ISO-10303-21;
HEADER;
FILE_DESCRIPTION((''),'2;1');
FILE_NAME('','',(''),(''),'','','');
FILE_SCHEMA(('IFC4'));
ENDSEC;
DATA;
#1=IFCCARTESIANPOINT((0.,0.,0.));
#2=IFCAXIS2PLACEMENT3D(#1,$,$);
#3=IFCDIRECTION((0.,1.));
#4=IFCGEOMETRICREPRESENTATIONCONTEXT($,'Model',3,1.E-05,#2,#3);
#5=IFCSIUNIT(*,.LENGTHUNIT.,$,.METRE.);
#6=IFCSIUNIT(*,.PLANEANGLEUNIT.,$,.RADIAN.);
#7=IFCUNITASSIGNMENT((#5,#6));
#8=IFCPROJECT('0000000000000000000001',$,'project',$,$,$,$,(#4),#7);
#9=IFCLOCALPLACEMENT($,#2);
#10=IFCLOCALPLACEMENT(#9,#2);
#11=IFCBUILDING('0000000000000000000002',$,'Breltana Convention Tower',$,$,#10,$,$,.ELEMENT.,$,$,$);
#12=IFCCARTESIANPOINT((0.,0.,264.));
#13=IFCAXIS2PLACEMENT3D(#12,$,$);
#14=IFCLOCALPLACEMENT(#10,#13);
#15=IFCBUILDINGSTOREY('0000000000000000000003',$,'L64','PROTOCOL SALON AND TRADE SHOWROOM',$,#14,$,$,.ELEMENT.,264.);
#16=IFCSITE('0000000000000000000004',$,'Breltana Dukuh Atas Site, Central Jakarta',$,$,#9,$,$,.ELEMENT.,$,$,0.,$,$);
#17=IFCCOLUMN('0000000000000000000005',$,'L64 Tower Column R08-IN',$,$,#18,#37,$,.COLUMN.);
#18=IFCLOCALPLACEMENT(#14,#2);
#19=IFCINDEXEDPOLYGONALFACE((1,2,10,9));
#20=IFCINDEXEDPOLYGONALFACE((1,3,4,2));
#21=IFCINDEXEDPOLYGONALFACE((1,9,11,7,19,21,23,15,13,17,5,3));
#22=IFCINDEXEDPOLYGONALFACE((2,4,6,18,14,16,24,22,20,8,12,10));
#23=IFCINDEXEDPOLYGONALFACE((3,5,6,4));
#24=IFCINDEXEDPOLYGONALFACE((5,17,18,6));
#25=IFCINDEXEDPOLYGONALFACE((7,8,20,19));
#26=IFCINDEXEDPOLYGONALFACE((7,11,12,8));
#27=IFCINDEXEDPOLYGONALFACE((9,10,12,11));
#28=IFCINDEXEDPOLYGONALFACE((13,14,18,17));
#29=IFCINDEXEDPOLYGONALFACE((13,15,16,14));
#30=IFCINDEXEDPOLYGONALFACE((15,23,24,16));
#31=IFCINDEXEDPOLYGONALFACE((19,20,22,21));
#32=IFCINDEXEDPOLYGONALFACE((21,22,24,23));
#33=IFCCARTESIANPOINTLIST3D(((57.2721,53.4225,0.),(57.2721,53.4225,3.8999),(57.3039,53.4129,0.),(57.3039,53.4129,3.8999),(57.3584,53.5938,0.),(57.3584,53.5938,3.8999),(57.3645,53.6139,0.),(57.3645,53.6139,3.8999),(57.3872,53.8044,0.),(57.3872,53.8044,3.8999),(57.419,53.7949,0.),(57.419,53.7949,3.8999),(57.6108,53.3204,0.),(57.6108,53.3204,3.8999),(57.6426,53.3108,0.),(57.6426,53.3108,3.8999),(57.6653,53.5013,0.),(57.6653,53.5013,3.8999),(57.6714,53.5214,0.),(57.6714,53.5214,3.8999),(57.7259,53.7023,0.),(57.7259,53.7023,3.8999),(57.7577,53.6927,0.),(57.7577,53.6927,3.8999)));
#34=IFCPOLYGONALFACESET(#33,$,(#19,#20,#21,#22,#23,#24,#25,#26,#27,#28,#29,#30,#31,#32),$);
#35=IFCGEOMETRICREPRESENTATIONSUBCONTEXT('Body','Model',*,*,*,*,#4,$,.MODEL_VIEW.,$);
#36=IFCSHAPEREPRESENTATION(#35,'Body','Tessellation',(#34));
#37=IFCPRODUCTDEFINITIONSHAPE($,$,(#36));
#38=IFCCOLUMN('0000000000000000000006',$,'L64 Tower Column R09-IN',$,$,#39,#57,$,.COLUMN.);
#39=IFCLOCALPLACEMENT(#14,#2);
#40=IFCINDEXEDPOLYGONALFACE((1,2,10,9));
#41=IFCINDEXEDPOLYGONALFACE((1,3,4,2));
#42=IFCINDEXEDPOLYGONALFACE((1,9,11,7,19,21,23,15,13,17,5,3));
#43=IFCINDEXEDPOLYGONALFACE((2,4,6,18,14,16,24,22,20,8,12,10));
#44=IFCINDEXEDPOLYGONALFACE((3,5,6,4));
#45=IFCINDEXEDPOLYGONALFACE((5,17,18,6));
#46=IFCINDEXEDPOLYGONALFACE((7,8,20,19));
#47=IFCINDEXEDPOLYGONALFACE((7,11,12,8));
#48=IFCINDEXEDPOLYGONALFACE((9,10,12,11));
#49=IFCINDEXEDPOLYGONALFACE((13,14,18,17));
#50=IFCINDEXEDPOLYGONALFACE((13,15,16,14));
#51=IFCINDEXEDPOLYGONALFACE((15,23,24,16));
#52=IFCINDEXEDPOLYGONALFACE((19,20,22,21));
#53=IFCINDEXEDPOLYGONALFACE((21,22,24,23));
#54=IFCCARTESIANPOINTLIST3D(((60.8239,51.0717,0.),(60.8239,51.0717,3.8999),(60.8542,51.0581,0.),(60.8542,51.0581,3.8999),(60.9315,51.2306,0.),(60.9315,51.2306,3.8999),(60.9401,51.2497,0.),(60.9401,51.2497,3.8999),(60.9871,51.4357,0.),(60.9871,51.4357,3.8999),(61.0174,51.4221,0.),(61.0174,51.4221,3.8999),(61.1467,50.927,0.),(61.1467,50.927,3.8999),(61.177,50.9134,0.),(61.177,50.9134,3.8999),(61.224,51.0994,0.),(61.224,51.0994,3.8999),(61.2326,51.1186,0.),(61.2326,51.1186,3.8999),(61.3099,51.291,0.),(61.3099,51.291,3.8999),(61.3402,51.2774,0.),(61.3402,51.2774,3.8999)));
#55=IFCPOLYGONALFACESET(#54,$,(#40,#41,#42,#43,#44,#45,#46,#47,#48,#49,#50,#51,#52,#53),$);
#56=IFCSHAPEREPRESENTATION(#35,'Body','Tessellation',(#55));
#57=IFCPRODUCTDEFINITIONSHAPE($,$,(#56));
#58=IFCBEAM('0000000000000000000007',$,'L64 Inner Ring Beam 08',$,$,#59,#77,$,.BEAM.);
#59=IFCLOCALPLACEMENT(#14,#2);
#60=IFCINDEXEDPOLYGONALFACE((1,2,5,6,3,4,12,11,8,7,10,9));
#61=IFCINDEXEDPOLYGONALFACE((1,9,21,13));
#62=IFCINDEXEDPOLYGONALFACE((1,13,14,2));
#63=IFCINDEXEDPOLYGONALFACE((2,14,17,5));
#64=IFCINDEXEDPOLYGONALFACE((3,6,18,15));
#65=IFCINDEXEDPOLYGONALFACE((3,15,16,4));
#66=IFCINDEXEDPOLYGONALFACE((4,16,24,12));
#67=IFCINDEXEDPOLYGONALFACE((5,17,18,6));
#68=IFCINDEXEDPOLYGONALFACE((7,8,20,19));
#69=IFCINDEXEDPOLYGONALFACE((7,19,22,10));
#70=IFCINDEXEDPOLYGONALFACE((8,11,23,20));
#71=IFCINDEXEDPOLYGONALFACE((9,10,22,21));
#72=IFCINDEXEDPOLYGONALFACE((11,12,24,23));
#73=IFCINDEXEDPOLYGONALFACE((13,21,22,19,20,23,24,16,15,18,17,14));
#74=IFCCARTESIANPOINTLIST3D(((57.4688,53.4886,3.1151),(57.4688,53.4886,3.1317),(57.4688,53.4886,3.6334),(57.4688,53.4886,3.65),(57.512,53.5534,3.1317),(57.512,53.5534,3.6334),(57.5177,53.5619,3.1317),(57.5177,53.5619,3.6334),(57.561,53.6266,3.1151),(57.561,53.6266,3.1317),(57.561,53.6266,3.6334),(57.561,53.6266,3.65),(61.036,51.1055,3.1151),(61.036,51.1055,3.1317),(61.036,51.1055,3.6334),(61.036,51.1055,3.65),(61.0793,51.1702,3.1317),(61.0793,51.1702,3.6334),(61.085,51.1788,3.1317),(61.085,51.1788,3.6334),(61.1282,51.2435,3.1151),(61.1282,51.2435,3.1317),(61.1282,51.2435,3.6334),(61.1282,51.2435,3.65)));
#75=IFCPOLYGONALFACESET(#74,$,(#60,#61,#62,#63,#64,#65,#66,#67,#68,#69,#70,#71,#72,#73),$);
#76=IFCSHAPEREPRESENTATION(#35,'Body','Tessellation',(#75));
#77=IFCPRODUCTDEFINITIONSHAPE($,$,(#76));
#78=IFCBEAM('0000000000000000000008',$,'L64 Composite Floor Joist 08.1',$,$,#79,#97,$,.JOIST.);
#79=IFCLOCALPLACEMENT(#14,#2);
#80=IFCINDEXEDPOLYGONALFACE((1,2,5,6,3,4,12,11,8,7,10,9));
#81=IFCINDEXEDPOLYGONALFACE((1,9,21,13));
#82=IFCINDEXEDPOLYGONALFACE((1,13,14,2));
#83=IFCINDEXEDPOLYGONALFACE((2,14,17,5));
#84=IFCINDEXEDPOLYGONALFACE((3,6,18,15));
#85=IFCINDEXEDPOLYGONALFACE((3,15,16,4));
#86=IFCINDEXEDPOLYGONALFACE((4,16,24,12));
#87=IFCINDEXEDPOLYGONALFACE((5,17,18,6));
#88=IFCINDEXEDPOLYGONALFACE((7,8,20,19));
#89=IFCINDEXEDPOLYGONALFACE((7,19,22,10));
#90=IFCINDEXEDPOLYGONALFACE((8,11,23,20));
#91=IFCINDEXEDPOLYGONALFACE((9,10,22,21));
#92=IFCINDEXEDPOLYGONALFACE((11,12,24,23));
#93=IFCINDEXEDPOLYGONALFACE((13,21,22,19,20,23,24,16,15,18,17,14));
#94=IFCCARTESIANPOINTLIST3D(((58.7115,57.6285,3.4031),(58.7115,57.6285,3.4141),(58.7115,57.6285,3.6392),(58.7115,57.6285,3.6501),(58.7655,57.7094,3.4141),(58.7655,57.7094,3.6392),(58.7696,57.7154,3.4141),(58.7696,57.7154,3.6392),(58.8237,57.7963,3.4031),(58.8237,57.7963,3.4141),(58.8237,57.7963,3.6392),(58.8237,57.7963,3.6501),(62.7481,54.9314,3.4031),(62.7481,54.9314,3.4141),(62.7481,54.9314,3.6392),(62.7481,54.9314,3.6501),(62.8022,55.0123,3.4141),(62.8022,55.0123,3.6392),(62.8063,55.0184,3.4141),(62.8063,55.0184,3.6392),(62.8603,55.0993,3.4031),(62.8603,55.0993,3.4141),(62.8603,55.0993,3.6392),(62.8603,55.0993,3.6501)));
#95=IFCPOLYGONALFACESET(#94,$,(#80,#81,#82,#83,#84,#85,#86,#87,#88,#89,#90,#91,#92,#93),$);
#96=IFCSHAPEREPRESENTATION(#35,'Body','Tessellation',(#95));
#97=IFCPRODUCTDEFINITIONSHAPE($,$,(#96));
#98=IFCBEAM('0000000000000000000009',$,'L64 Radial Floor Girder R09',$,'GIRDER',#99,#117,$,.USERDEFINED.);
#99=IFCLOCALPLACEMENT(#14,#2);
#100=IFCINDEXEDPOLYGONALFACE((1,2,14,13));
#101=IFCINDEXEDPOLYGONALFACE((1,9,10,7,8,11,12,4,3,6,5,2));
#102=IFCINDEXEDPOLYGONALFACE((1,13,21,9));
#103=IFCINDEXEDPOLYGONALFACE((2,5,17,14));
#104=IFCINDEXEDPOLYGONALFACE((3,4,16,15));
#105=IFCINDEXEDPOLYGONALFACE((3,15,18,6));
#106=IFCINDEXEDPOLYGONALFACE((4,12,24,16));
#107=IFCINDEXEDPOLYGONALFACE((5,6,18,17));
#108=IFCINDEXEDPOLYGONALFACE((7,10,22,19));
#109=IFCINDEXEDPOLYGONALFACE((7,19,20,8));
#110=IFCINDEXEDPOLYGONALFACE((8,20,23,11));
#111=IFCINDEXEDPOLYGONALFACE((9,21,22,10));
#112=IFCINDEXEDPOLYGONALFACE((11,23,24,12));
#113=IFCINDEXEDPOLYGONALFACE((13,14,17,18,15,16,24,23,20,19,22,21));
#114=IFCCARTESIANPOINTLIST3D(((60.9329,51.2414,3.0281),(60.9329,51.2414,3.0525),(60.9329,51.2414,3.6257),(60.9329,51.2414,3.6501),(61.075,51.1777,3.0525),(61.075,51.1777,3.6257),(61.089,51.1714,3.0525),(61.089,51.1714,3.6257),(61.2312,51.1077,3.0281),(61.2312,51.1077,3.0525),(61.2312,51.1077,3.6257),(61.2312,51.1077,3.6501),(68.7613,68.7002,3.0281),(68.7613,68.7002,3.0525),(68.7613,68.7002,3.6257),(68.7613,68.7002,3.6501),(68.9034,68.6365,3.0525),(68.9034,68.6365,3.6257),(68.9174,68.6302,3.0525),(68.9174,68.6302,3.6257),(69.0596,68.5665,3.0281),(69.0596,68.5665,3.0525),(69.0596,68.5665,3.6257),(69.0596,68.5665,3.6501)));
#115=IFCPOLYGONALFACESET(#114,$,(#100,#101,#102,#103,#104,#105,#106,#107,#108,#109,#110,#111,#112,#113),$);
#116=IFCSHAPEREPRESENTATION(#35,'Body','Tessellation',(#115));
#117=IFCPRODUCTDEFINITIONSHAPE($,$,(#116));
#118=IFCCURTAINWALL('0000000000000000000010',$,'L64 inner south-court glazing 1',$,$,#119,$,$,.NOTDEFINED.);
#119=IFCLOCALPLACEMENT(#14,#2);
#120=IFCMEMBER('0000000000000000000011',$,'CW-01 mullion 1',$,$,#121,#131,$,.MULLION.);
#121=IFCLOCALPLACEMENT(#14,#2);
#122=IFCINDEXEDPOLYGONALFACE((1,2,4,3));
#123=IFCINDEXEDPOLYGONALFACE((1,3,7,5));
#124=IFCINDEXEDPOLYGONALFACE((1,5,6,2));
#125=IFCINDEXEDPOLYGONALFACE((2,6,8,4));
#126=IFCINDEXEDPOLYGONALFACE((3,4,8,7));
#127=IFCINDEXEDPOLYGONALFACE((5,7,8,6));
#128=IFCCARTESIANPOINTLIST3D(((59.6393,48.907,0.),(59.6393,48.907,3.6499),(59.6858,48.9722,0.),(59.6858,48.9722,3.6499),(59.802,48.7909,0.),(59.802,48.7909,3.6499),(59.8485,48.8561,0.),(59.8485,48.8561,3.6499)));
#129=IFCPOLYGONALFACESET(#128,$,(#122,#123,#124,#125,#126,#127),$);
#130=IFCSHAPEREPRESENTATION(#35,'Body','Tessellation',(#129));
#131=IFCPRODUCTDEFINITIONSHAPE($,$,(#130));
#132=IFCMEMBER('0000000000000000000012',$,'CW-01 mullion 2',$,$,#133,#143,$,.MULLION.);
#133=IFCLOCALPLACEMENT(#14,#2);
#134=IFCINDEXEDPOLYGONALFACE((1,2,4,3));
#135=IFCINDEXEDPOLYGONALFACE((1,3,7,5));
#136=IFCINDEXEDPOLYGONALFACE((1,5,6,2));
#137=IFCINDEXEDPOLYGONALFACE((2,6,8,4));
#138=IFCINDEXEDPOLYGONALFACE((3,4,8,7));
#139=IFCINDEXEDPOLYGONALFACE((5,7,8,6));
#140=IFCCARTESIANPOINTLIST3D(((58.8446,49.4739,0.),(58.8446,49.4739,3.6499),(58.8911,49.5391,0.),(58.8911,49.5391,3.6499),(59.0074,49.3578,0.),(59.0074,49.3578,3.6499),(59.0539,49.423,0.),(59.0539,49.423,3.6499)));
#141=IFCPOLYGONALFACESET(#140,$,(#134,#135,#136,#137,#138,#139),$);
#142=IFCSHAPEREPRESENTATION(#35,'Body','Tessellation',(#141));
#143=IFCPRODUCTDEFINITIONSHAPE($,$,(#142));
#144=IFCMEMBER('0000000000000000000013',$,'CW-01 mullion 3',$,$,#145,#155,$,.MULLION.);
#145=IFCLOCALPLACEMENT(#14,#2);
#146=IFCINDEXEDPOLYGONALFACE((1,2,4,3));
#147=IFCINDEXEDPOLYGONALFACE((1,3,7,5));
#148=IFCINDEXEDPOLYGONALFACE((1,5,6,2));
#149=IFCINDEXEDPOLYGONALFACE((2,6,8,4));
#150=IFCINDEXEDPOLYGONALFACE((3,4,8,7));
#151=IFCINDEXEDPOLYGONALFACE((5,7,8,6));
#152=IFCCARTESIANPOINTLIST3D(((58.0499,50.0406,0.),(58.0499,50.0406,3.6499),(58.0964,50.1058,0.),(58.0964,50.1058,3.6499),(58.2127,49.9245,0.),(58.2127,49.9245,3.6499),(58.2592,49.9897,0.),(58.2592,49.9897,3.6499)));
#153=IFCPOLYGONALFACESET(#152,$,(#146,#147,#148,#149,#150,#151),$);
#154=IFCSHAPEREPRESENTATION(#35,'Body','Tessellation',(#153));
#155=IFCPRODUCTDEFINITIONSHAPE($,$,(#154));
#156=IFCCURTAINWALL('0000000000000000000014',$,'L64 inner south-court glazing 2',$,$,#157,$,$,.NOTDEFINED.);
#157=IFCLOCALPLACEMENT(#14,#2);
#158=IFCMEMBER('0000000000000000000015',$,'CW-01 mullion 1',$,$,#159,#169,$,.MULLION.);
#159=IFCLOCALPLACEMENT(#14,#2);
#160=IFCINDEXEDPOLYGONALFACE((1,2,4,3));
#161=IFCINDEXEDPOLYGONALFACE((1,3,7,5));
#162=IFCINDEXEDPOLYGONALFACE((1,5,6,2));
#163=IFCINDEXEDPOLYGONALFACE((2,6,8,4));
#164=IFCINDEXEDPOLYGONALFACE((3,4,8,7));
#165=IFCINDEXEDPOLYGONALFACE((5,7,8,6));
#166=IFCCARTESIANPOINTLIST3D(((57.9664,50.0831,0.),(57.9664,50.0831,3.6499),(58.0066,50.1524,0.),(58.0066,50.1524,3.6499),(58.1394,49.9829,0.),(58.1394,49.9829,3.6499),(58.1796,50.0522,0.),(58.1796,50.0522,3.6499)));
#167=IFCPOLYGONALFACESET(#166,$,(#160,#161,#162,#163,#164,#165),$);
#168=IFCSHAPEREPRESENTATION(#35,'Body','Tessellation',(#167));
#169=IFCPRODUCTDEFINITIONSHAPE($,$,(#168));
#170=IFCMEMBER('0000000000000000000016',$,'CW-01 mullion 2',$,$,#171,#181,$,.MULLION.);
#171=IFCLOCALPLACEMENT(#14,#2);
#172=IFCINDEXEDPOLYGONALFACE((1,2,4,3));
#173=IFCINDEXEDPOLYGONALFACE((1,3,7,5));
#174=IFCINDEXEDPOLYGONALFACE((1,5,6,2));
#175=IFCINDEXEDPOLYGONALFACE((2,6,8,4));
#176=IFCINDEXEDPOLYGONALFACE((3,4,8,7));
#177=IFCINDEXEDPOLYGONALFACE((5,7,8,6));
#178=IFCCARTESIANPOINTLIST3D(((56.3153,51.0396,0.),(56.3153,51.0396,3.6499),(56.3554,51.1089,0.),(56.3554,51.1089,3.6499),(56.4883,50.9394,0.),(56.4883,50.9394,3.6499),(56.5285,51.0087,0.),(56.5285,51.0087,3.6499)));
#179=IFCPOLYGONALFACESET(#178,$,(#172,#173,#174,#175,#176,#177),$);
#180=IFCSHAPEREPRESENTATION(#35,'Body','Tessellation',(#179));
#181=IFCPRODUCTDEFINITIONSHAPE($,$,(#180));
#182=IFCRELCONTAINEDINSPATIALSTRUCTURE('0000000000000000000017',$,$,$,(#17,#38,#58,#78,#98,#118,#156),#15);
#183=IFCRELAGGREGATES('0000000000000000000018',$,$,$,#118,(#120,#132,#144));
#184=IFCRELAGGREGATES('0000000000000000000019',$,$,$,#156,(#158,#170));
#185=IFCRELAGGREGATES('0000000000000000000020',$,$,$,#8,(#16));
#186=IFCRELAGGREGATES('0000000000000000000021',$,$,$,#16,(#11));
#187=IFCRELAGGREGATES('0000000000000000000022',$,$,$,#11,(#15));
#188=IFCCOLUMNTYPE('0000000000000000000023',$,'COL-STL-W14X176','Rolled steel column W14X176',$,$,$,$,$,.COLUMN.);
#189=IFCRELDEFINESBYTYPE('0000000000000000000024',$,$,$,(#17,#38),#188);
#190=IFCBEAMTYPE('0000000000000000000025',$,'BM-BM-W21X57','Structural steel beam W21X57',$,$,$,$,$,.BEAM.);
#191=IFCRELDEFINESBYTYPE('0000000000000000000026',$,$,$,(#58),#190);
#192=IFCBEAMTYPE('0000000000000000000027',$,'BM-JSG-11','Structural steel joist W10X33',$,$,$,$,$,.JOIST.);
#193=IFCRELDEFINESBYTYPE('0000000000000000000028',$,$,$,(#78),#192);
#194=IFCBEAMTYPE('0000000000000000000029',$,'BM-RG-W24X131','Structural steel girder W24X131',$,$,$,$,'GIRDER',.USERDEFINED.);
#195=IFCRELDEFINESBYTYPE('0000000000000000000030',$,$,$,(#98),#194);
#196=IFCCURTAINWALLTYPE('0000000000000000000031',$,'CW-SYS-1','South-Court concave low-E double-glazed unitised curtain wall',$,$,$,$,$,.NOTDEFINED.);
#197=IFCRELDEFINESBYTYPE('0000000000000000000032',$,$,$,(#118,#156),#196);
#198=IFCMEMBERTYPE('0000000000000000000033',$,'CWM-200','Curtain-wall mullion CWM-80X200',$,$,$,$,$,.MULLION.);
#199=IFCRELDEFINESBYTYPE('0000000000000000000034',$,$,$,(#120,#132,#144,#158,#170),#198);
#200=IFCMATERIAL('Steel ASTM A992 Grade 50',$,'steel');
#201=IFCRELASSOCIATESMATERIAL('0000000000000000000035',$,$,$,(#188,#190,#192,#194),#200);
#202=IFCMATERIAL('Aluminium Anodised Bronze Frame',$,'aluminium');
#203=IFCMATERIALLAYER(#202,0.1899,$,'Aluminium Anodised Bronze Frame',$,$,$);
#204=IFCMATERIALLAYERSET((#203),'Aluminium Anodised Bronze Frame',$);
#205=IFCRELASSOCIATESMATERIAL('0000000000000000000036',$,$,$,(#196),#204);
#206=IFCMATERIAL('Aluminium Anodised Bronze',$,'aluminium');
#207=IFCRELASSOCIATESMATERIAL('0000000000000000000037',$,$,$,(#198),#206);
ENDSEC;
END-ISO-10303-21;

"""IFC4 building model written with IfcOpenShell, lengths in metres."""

from ifc_helpers import new_model, si_unit, direction, frame, origin, origin_2d, place, context, subcontext, project, spatial, rectangle, i_section, extrude, source, transform, mapped, material, layer, layer_set, material_profile, profile_set, type_object, type_shapes, element, aggregate, save


model = new_model("IFC4")

# Units and contexts
model_context = context("Model", 3, precision=1e-05, world=origin(), true_north=direction((0.0, 1.0)))
body_context = subcontext(model_context, "Body", "Model", "MODEL_VIEW")
ifc_project = project(units=[si_unit("LENGTHUNIT", "METRE"), si_unit("PLANEANGLEUNIT", "RADIAN")], contexts=[model_context])

# Site, building, storey
site_placement = place(None, origin())
site = spatial("IfcSite", under=ifc_project, at=site_placement, Name="Breltana Dukuh Atas Site, Central Jakarta", CompositionType="ELEMENT", RefElevation=0.0)
building_placement = place(site_placement, origin())
building = spatial("IfcBuilding", under=site, at=building_placement, Name="Breltana Convention Tower", CompositionType="ELEMENT")
storey_placement = place(building_placement, frame((0.0, 0.0, 264.0)))
storey = spatial("IfcBuildingStorey", under=building, at=storey_placement, Name="L64", Description="PROTOCOL SALON AND TRADE SHOWROOM", CompositionType="ELEMENT", Elevation=264.0)

# Columns
ifc_material_1 = material(Name="Steel ASTM A992 Grade 50", Category="steel")
ifc_material_profile_1 = material_profile(ifc_material_1, i_section(OverallWidth=0.3989, OverallDepth=0.387, WebThickness=0.021, FlangeThickness=0.0332, at=origin_2d()), Name="W14X176")
ifc_profile_set_1 = profile_set([ifc_material_profile_1], Name="Steel ASTM A992 Grade 50")
column_type = type_object("IfcColumnType", Name="COL-STL-W14X176", Description="Rolled steel column W14X176", PredefinedType="COLUMN", material=ifc_profile_set_1)
shared_shape_1 = source(origin(), body_context, "Body", "SweptSolid", [
    extrude(i_section(OverallWidth=0.3989, OverallDepth=0.387, WebThickness=0.021, FlangeThickness=0.0332, at=origin_2d()), origin(), (0.0, 0.0, 1.0), 3.8999),
])
type_shapes(column_type, [shared_shape_1])
for number, where, z_axis, x_axis, name in (
    (1, (57.5149, 53.5576, 0.0), (0.0, 0.0, 1.0), (0.288698, 0.95742, 0.0), "L64 Tower Column R08-IN"),
    (2, (61.082, 51.1746, 0.0), (0.0, 0.0, 1.0), (0.409127, 0.912477, 0.0), "L64 Tower Column R09-IN"),
):
    element("IfcColumn", number, at=place(storey_placement, frame(where, z_axis=z_axis, x_axis=x_axis)), inside=storey, type_object=column_type, Name=name, PredefinedType="COLUMN", context=body_context, shape_type="MappedRepresentation", body=[
        mapped(shared_shape_1, transform((0.0, 0.0, 0.0), scale=1.0)),
    ])

# Beams
ifc_material_profile_2 = material_profile(ifc_material_1, i_section(OverallWidth=0.166, OverallDepth=0.5349, WebThickness=0.0103, FlangeThickness=0.0166, at=origin_2d()), Name="W21X57")
ifc_profile_set_2 = profile_set([ifc_material_profile_2], Name="Steel ASTM A992 Grade 50")
beam_type_1 = type_object("IfcBeamType", Name="BM-BM-W21X57", Description="Structural steel beam W21X57", PredefinedType="BEAM", material=ifc_profile_set_2)
shared_shape_2 = source(origin(), body_context, "Body", "SweptSolid", [
    extrude(i_section(OverallWidth=0.166, OverallDepth=0.5349, WebThickness=0.0103, FlangeThickness=0.0166, at=origin_2d()), origin(), (0.0, 0.0, 1.0), 4.29),
])
beam_1_placement = place(storey_placement, frame((57.5149, 53.5576, 3.3826), z_axis=(0.831516, -0.555501, 0.0), x_axis=(0.555501, 0.831516, 0.0)))
element("IfcBeam", 3, at=beam_1_placement, inside=storey, type_object=beam_type_1, Name="L64 Inner Ring Beam 08", PredefinedType="BEAM", context=body_context, shape_type="MappedRepresentation", body=[
    mapped(shared_shape_2, transform((0.0, 0.0, 0.0), scale=1.0)),
])
ifc_material_profile_3 = material_profile(ifc_material_1, i_section(OverallWidth=0.2019, OverallDepth=0.2471, WebThickness=0.0073, FlangeThickness=0.011, at=origin_2d()), Name="W10X33")
ifc_profile_set_3 = profile_set([ifc_material_profile_3], Name="Steel ASTM A992 Grade 50")
beam_type_2 = type_object("IfcBeamType", Name="BM-JSG-11", Description="Structural steel joist W10X33", PredefinedType="JOIST", material=ifc_profile_set_3)
shared_shape_3 = source(origin(), body_context, "Body", "SweptSolid", [
    extrude(i_section(OverallWidth=0.2019, OverallDepth=0.2471, WebThickness=0.0073, FlangeThickness=0.011, at=origin_2d()), origin(), (0.0, 0.0, 1.0), 4.8547),
])
beam_2_placement = place(storey_placement, frame((58.7676, 57.7124, 3.5266), z_axis=(0.831485, -0.555547, 0.0), x_axis=(0.555547, 0.831485, 0.0)))
element("IfcBeam", 4, at=beam_2_placement, inside=storey, type_object=beam_type_2, Name="L64 Composite Floor Joist 08.1", PredefinedType="JOIST", context=body_context, shape_type="MappedRepresentation", body=[
    mapped(shared_shape_3, transform((0.0, 0.0, 0.0), scale=1.0)),
])
ifc_material_profile_4 = material_profile(ifc_material_1, i_section(OverallWidth=0.3269, OverallDepth=0.6221, WebThickness=0.0154, FlangeThickness=0.0244, at=origin_2d()), Name="W24X131")
ifc_profile_set_4 = profile_set([ifc_material_profile_4], Name="Steel ASTM A992 Grade 50")
beam_type_3 = type_object("IfcBeamType", Name="BM-RG-W24X131", Description="Structural steel girder W24X131", ElementType="GIRDER", PredefinedType="USERDEFINED", material=ifc_profile_set_4)
shared_shape_4 = source(origin(), body_context, "Body", "SweptSolid", [
    extrude(i_section(OverallWidth=0.3269, OverallDepth=0.6221, WebThickness=0.0154, FlangeThickness=0.0244, at=origin_2d()), origin(), (0.0, 0.0, 1.0), 19.1335),
])
beam_3_placement = place(storey_placement, frame((61.082, 51.1746, 3.3391), z_axis=(0.409145, 0.91247, 0.0), x_axis=(-0.91247, 0.409145, 0.0)))
element("IfcBeam", 5, at=beam_3_placement, inside=storey, type_object=beam_type_3, Name="L64 Radial Floor Girder R09", ObjectType="GIRDER", PredefinedType="USERDEFINED", context=body_context, shape_type="MappedRepresentation", body=[
    mapped(shared_shape_4, transform((0.0, 0.0, 0.0), scale=1.0)),
])

# Curtain walls, members
ifc_material_2 = material(Name="Aluminium Anodised Bronze Frame", Category="aluminium")
ifc_layer_1 = layer(ifc_material_2, 0.1899, Name="Aluminium Anodised Bronze Frame")
ifc_layer_set_1 = layer_set([ifc_layer_1], Name="Aluminium Anodised Bronze Frame")
curtain_wall_type = type_object("IfcCurtainWallType", Name="CW-SYS-1", Description="South-Court concave low-E double-glazed unitised curtain wall", PredefinedType="NOTDEFINED", material=ifc_layer_set_1)
curtain_wall_1_placement = place(storey_placement, origin())
curtain_wall_1 = element("IfcCurtainWall", 6, at=curtain_wall_1_placement, inside=storey, type_object=curtain_wall_type, Name="L64 inner south-court glazing 1", PredefinedType="NOTDEFINED")
ifc_material_3 = material(Name="Aluminium Anodised Bronze", Category="aluminium")
ifc_material_profile_5 = material_profile(ifc_material_3, rectangle(XDim=0.0801, YDim=0.2, at=origin_2d()), Name="CWM-80X200")
ifc_profile_set_5 = profile_set([ifc_material_profile_5], Name="Aluminium Anodised Bronze")
member_type_1 = type_object("IfcMemberType", Name="CWM-200", Description="Curtain-wall mullion CWM-80X200", PredefinedType="MULLION", material=ifc_profile_set_5)
shared_shape_5 = source(origin(), body_context, "Body", "SweptSolid", [
    extrude(rectangle(XDim=0.0801, YDim=0.2, at=origin_2d()), origin(), (0.0, 0.0, 1.0), 3.6499),
])
member_1_placement = place(storey_placement, frame((59.7439, 48.8816, 0.0), z_axis=(0.0, 0.0, 1.0), x_axis=(-0.580656, -0.814149, 0.0)))
member_1 = element("IfcMember", 7, at=member_1_placement, type_object=member_type_1, Name="CW-01 mullion 1", PredefinedType="MULLION", context=body_context, shape_type="MappedRepresentation", body=[
    mapped(shared_shape_5, transform((0.0, 0.0, 0.0), scale=1.0)),
])
member_2_placement = place(storey_placement, frame((58.9492, 49.4485, 0.0), z_axis=(0.0, 0.0, 1.0), x_axis=(-0.580656, -0.814149, 0.0)))
member_2 = element("IfcMember", 8, at=member_2_placement, type_object=member_type_1, Name="CW-01 mullion 2", PredefinedType="MULLION", context=body_context, shape_type="MappedRepresentation", body=[
    mapped(shared_shape_5, transform((0.0, 0.0, 0.0), scale=1.0)),
])
member_3_placement = place(storey_placement, frame((58.1545, 50.0151, 0.0), z_axis=(0.0, 0.0, 1.0), x_axis=(-0.580656, -0.814149, 0.0)))
member_3 = element("IfcMember", 9, at=member_3_placement, type_object=member_type_1, Name="CW-01 mullion 3", PredefinedType="MULLION", context=body_context, shape_type="MappedRepresentation", body=[
    mapped(shared_shape_5, transform((0.0, 0.0, 0.0), scale=1.0)),
])
curtain_wall_2_placement = place(storey_placement, origin())
curtain_wall_2 = element("IfcCurtainWall", 10, at=curtain_wall_2_placement, inside=storey, type_object=curtain_wall_type, Name="L64 inner south-court glazing 2", PredefinedType="NOTDEFINED")
member_4_placement = place(storey_placement, frame((58.073, 50.0676, 0.0), z_axis=(0.0, 0.0, 1.0), x_axis=(-0.501217, -0.865322, 0.0)))
member_4 = element("IfcMember", 11, at=member_4_placement, type_object=member_type_1, Name="CW-01 mullion 1", PredefinedType="MULLION", context=body_context, shape_type="MappedRepresentation", body=[
    mapped(shared_shape_5, transform((0.0, 0.0, 0.0), scale=1.0)),
])
member_5_placement = place(storey_placement, frame((56.4219, 51.0242, 0.0), z_axis=(0.0, 0.0, 1.0), x_axis=(-0.501217, -0.865322, 0.0)))
member_5 = element("IfcMember", 12, at=member_5_placement, type_object=member_type_1, Name="CW-01 mullion 2", PredefinedType="MULLION", context=body_context, shape_type="MappedRepresentation", body=[
    mapped(shared_shape_5, transform((0.0, 0.0, 0.0), scale=1.0)),
])

aggregate(curtain_wall_1, [member_1, member_2, member_3])
aggregate(curtain_wall_2, [member_4, member_5])

save(model, "model.ifc")
